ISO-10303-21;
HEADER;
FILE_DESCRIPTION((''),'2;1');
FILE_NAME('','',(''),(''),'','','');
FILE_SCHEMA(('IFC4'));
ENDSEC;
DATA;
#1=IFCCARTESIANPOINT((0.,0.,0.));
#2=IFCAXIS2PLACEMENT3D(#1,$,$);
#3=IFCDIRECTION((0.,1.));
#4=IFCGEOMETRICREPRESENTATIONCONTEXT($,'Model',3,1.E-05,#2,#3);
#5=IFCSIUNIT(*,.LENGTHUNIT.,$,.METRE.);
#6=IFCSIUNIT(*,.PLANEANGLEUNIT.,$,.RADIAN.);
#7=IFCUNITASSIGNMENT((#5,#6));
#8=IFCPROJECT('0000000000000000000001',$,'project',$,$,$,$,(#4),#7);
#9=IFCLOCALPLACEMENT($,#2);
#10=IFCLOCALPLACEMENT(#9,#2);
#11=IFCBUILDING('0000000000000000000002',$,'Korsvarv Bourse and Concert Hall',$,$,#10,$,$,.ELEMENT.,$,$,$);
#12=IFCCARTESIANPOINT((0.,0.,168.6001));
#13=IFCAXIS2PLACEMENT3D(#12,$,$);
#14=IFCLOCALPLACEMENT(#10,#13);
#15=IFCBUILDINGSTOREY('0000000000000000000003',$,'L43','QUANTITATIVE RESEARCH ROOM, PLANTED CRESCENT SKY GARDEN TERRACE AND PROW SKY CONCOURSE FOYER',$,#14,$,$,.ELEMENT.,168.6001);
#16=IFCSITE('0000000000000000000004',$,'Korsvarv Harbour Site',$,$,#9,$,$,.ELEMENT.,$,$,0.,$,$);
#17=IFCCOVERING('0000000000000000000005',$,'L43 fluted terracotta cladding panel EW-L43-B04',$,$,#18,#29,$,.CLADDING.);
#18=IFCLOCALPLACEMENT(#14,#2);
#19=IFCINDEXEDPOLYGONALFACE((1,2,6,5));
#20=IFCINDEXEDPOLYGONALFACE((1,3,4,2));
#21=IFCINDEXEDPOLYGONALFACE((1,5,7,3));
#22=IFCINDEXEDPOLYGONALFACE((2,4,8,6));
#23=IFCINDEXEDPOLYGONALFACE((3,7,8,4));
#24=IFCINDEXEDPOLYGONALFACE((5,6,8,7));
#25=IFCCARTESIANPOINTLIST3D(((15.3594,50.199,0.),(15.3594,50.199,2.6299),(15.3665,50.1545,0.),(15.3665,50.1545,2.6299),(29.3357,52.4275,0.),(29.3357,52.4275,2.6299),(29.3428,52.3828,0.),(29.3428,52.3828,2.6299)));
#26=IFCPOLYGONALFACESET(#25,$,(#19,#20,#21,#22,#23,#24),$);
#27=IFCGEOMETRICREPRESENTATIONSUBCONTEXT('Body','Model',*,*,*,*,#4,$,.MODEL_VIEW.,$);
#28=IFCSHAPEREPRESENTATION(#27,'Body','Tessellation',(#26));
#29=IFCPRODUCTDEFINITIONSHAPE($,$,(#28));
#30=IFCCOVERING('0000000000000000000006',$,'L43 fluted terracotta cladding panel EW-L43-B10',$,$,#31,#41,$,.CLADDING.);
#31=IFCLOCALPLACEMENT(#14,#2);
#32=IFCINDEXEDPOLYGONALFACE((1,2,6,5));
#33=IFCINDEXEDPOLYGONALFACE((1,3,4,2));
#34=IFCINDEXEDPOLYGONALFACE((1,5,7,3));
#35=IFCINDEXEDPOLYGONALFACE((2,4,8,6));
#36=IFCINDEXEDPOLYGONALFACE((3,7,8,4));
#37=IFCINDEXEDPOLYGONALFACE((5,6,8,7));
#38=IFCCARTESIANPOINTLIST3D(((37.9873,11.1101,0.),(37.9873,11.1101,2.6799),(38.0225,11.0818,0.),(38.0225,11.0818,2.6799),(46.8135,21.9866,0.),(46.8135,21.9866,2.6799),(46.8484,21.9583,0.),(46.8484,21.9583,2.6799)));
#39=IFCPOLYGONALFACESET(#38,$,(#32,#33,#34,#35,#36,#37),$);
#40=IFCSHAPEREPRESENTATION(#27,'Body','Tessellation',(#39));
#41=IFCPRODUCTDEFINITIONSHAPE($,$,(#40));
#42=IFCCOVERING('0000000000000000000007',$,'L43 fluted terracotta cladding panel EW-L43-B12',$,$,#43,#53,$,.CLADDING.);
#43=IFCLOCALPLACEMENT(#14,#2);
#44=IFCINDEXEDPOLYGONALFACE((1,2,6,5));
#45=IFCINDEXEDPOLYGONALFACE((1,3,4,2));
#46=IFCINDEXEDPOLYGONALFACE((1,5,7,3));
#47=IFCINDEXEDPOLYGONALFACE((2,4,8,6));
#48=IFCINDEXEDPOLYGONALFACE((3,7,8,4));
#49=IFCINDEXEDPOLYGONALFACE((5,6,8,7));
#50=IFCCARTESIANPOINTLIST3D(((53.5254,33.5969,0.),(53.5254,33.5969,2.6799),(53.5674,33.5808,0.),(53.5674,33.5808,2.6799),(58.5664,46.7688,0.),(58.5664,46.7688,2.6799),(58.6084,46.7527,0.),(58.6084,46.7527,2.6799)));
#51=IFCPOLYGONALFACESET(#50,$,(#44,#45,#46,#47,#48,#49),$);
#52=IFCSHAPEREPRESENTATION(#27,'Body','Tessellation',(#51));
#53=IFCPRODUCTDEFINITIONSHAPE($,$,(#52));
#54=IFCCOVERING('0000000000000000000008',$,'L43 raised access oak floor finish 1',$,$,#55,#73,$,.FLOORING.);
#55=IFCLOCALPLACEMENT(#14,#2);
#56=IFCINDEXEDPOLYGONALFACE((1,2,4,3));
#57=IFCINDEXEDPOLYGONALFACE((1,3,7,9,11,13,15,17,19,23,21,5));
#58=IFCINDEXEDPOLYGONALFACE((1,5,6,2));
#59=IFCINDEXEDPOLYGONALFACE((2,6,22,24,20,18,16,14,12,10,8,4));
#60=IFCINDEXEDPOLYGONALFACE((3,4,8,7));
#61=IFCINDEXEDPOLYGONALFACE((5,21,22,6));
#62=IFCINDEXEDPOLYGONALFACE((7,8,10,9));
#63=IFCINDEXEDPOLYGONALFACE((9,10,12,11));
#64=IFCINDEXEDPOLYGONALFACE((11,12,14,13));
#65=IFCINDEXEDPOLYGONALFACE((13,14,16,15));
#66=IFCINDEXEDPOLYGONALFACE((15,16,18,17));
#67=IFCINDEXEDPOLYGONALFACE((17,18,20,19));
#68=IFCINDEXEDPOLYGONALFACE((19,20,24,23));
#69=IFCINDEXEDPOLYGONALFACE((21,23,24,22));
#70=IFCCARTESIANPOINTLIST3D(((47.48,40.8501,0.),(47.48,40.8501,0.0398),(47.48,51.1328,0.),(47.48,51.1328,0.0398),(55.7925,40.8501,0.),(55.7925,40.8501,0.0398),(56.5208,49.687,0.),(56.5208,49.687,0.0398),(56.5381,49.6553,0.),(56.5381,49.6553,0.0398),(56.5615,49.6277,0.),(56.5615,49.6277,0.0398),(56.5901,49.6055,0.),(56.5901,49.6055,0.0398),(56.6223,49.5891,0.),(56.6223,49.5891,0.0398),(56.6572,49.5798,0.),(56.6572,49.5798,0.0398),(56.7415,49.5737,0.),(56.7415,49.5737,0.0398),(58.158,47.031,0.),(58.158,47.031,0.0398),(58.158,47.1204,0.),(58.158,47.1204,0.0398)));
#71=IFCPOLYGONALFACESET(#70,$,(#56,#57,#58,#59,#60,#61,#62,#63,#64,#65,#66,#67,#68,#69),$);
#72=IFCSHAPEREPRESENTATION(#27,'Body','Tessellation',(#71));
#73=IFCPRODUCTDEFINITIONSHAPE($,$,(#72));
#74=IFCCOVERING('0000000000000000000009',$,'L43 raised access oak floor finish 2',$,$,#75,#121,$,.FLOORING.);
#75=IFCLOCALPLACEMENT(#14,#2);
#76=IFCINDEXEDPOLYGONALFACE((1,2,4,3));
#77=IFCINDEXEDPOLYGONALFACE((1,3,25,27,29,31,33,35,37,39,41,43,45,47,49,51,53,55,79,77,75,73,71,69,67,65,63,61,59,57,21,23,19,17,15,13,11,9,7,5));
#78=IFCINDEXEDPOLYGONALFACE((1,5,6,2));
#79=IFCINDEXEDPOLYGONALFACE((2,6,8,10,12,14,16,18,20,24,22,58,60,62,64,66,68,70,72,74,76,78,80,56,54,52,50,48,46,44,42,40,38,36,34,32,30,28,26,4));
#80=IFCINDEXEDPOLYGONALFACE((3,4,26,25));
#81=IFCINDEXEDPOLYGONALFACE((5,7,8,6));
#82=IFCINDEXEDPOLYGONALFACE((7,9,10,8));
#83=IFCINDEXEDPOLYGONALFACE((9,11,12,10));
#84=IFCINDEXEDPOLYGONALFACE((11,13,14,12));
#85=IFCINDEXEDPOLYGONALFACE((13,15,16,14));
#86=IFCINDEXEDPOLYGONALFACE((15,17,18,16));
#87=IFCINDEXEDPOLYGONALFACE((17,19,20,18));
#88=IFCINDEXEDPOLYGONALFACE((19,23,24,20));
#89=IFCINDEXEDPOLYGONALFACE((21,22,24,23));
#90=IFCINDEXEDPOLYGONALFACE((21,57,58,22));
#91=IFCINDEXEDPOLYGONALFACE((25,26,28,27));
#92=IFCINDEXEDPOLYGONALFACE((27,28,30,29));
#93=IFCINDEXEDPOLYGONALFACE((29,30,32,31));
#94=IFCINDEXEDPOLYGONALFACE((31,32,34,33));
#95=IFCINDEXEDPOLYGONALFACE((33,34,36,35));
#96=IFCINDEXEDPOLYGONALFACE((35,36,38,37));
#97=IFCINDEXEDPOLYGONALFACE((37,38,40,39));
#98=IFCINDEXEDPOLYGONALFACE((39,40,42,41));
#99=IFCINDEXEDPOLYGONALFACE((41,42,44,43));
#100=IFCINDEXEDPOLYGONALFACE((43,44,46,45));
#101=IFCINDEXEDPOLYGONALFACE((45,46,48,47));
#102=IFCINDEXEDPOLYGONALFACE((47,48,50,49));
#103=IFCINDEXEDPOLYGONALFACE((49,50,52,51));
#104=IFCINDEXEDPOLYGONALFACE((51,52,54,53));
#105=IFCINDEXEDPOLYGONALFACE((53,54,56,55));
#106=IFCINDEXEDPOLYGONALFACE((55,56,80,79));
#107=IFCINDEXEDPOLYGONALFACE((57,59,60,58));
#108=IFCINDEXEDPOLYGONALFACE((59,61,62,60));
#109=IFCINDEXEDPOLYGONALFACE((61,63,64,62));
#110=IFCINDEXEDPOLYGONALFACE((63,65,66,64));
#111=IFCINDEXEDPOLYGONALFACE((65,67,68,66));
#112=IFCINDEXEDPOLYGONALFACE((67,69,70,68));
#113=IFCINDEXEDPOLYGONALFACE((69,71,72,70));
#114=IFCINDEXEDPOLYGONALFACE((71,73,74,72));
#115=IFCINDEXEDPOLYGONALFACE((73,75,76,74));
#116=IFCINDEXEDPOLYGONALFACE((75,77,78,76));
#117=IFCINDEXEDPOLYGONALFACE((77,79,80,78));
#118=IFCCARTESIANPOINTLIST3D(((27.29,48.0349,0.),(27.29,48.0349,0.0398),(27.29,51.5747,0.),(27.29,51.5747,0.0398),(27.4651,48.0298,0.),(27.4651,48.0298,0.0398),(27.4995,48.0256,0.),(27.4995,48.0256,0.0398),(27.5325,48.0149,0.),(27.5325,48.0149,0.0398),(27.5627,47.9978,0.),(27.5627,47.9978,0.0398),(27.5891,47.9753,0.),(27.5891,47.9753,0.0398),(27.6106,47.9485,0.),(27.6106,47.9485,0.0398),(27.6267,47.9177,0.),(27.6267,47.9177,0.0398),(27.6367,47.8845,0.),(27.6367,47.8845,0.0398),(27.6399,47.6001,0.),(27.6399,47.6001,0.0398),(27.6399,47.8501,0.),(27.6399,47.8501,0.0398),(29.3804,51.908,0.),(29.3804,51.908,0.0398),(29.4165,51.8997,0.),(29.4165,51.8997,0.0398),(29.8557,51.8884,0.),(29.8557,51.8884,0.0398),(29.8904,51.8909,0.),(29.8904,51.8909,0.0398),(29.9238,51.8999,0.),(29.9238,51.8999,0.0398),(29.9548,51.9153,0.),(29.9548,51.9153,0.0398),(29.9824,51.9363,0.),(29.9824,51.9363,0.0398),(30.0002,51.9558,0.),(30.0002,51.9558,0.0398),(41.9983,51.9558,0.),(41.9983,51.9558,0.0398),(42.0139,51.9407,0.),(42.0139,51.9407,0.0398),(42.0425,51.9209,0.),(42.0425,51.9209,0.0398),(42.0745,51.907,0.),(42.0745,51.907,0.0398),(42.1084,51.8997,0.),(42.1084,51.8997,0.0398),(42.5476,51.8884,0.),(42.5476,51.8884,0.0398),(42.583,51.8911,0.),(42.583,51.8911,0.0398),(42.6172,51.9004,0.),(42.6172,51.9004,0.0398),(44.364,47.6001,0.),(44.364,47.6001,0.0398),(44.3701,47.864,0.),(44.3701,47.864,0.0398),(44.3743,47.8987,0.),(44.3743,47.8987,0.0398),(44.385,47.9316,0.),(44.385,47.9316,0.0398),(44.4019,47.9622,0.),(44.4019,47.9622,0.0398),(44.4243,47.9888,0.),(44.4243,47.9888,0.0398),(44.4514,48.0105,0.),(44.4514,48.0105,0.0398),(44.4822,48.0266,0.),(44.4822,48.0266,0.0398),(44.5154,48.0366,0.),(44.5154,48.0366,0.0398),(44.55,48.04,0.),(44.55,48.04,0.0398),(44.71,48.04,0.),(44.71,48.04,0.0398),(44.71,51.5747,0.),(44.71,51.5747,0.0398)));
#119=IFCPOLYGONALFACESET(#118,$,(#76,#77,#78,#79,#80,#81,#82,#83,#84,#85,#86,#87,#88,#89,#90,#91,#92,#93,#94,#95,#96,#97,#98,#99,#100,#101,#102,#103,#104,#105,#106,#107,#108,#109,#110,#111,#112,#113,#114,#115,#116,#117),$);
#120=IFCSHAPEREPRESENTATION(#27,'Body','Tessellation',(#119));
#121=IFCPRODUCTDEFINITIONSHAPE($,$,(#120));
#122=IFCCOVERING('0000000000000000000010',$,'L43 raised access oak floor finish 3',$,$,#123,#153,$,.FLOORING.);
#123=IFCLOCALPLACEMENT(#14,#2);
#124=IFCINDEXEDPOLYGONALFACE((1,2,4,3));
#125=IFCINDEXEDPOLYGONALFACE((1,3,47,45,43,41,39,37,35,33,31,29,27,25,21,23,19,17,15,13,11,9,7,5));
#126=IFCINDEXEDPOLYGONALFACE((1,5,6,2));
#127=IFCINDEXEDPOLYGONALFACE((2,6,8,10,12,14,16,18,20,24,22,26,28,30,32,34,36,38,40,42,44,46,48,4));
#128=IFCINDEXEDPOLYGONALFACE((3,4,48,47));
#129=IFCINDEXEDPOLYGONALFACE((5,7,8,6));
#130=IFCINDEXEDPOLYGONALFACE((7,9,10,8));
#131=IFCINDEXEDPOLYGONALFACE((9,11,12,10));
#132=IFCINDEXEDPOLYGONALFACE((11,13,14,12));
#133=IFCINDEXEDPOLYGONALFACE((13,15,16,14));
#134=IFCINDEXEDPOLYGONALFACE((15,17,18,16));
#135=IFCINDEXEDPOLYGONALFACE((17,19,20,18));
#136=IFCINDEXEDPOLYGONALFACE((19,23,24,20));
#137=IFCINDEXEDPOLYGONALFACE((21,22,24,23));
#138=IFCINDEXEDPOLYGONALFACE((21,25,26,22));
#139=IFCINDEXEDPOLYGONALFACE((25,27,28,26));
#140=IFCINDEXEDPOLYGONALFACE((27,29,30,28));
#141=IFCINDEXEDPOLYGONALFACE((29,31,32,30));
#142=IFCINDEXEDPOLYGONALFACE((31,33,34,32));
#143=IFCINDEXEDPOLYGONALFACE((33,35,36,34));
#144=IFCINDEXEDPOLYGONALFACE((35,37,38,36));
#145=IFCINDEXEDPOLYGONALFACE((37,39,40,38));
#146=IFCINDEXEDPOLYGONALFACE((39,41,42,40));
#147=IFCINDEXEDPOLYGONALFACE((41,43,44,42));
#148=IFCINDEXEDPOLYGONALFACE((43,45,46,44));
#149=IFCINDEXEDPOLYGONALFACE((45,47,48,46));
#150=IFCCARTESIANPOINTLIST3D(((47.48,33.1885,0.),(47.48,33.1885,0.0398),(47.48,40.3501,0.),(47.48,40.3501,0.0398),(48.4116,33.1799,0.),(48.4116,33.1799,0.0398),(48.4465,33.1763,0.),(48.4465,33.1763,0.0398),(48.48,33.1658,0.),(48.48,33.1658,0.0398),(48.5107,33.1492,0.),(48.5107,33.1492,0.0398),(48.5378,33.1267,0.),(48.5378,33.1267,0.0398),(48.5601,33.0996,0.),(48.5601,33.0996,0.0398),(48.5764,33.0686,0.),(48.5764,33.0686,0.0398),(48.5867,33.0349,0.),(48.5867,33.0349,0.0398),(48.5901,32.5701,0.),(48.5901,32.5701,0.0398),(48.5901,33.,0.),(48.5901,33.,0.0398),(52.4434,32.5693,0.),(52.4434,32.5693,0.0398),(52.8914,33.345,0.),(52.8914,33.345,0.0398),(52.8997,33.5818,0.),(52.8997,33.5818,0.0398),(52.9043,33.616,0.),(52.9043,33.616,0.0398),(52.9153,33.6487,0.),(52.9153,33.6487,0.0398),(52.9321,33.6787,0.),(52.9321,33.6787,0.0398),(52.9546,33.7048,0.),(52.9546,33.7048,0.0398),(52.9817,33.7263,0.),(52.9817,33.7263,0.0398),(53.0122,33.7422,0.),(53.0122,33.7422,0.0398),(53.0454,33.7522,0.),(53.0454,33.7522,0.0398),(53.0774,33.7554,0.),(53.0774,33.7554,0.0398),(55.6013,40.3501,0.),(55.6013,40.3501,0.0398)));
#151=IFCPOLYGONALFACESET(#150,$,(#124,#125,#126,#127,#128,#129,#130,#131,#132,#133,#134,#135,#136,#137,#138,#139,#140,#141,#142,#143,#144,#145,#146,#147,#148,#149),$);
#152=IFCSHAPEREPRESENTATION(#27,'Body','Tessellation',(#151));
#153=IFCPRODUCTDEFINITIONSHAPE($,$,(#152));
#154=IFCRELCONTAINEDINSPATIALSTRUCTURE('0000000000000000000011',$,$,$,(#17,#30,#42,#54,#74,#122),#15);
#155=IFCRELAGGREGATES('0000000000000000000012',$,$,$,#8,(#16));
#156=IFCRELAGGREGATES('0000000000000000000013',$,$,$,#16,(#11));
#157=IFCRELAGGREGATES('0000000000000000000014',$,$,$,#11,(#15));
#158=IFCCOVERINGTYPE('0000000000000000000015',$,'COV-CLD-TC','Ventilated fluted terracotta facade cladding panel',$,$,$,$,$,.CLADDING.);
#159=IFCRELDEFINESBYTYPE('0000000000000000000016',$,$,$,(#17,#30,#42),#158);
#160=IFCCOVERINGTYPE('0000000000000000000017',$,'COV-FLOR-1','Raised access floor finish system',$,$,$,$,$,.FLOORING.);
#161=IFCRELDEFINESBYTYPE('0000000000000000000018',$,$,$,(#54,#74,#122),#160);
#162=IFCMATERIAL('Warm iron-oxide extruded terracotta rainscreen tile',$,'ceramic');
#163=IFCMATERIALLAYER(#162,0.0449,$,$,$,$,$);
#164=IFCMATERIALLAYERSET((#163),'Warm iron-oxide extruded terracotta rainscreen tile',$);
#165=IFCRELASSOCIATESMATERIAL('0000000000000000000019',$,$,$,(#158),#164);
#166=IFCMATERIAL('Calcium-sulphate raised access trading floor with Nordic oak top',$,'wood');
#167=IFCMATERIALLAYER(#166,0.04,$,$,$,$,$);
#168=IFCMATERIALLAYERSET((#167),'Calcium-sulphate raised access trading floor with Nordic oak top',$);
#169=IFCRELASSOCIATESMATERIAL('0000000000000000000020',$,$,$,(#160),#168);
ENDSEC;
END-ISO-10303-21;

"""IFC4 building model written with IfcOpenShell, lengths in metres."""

from ifc_helpers import new_model, si_unit, direction, frame, origin, place, context, subcontext, project, spatial, polyline, outline, extrude, material, layer, layer_set, type_object, element, save


model = new_model("IFC4")

# Units and contexts
model_context = context("Model", 3, precision=1e-05, world=origin(), true_north=direction((0.0, 1.0)))
body_context = subcontext(model_context, "Body", "Model", "MODEL_VIEW")
ifc_project = project(units=[si_unit("LENGTHUNIT", "METRE"), si_unit("PLANEANGLEUNIT", "RADIAN")], contexts=[model_context])

# Site, building, storey
site_placement = place(None, origin())
site = spatial("IfcSite", under=ifc_project, at=site_placement, Name="Korsvarv Harbour Site", CompositionType="ELEMENT", RefElevation=0.0)
building_placement = place(site_placement, origin())
building = spatial("IfcBuilding", under=site, at=building_placement, Name="Korsvarv Bourse and Concert Hall", CompositionType="ELEMENT")
storey_placement = place(building_placement, frame((0.0, 0.0, 168.6001)))
storey = spatial("IfcBuildingStorey", under=building, at=storey_placement, Name="L43", Description="QUANTITATIVE RESEARCH ROOM, PLANTED CRESCENT SKY GARDEN TERRACE AND PROW SKY CONCOURSE FOYER", CompositionType="ELEMENT", Elevation=168.6001)

# Coverings
ifc_material_1 = material(Name="Warm iron-oxide extruded terracotta rainscreen tile", Category="ceramic")
ifc_layer_1 = layer(ifc_material_1, 0.0449)
ifc_layer_set_1 = layer_set([ifc_layer_1], Name="Warm iron-oxide extruded terracotta rainscreen tile")
covering_type_1 = type_object("IfcCoveringType", Name="COV-CLD-TC", Description="Ventilated fluted terracotta facade cladding panel", PredefinedType="CLADDING", material=ifc_layer_set_1)
covering_1_placement = place(storey_placement, origin())
element("IfcCovering", 1, at=covering_1_placement, inside=storey, type_object=covering_type_1, Name="L43 fluted terracotta cladding panel EW-L43-B04", PredefinedType="CLADDING", context=body_context, shape_type="SweptSolid", body=[
    extrude(outline(polyline([(29.3428, 52.3828), (15.3665, 50.1545), (15.3594, 50.199), (29.3357, 52.4275), (29.3428, 52.3828)])), origin(), (0.0, 0.0, 1.0), 2.6299),
])
covering_2_placement = place(storey_placement, origin())
element("IfcCovering", 2, at=covering_2_placement, inside=storey, type_object=covering_type_1, Name="L43 fluted terracotta cladding panel EW-L43-B10", PredefinedType="CLADDING", context=body_context, shape_type="SweptSolid", body=[
    extrude(outline(polyline([(37.9873, 11.1101), (46.8135, 21.9866), (46.8484, 21.9583), (38.0225, 11.0818), (37.9873, 11.1101)])), origin(), (0.0, 0.0, 1.0), 2.6799),
])
covering_3_placement = place(storey_placement, origin())
element("IfcCovering", 3, at=covering_3_placement, inside=storey, type_object=covering_type_1, Name="L43 fluted terracotta cladding panel EW-L43-B12", PredefinedType="CLADDING", context=body_context, shape_type="SweptSolid", body=[
    extrude(outline(polyline([(53.5254, 33.5969), (58.5664, 46.7688), (58.6084, 46.7527), (53.5674, 33.5808), (53.5254, 33.5969)])), origin(), (0.0, 0.0, 1.0), 2.6799),
])
ifc_material_2 = material(Name="Calcium-sulphate raised access trading floor with Nordic oak top", Category="wood")
ifc_layer_2 = layer(ifc_material_2, 0.04)
ifc_layer_set_2 = layer_set([ifc_layer_2], Name="Calcium-sulphate raised access trading floor with Nordic oak top")
covering_type_2 = type_object("IfcCoveringType", Name="COV-FLOR-1", Description="Raised access floor finish system", PredefinedType="FLOORING", material=ifc_layer_set_2)
covering_4_placement = place(storey_placement, origin())
element("IfcCovering", 4, at=covering_4_placement, inside=storey, type_object=covering_type_2, Name="L43 raised access oak floor finish 1", PredefinedType="FLOORING", context=body_context, shape_type="SweptSolid", body=[
    extrude(outline(polyline([(56.5208, 49.687), (56.5381, 49.6553), (56.5615, 49.6277), (56.5901, 49.6055), (56.6223, 49.5891), (56.6572, 49.5798), (56.7415, 49.5737), (58.158, 47.1204), (58.158, 47.031), (55.7925, 40.8501), (47.48, 40.8501), (47.48, 51.1328), (56.5208, 49.687)])), origin(), (0.0, 0.0, 1.0), 0.0398),
])
covering_5_placement = place(storey_placement, origin())
element("IfcCovering", 5, at=covering_5_placement, inside=storey, type_object=covering_type_2, Name="L43 raised access oak floor finish 2", PredefinedType="FLOORING", context=body_context, shape_type="SweptSolid", body=[
    extrude(outline(polyline([(29.3804, 51.908), (29.4165, 51.8997), (29.8557, 51.8884), (29.8904, 51.8909), (29.9238, 51.8999), (29.9548, 51.9153), (29.9824, 51.9363), (30.0002, 51.9558), (41.9983, 51.9558), (42.0139, 51.9407), (42.0425, 51.9209), (42.0745, 51.907), (42.1084, 51.8997), (42.5476, 51.8884), (42.583, 51.8911), (42.6172, 51.9004), (44.71, 51.5747), (44.71, 48.04), (44.55, 48.04), (44.5154, 48.0366), (44.4822, 48.0266), (44.4514, 48.0105), (44.4243, 47.9888), (44.4019, 47.9622), (44.385, 47.9316), (44.3743, 47.8987), (44.3701, 47.864), (44.364, 47.6001), (27.6399, 47.6001), (27.6399, 47.8501), (27.6367, 47.8845), (27.6267, 47.9177), (27.6106, 47.9485), (27.5891, 47.9753), (27.5627, 47.9978), (27.5325, 48.0149), (27.4995, 48.0256), (27.4651, 48.0298), (27.29, 48.0349), (27.29, 51.5747), (29.3804, 51.908)])), origin(), (0.0, 0.0, 1.0), 0.0398),
])
covering_6_placement = place(storey_placement, origin())
element("IfcCovering", 6, at=covering_6_placement, inside=storey, type_object=covering_type_2, Name="L43 raised access oak floor finish 3", PredefinedType="FLOORING", context=body_context, shape_type="SweptSolid", body=[
    extrude(outline(polyline([(48.5901, 32.5701), (48.5901, 33.0), (48.5867, 33.0349), (48.5764, 33.0686), (48.5601, 33.0996), (48.5378, 33.1267), (48.5107, 33.1492), (48.48, 33.1658), (48.4465, 33.1763), (48.4116, 33.1799), (47.48, 33.1885), (47.48, 40.3501), (55.6013, 40.3501), (53.0774, 33.7554), (53.0454, 33.7522), (53.0122, 33.7422), (52.9817, 33.7263), (52.9546, 33.7048), (52.9321, 33.6787), (52.9153, 33.6487), (52.9043, 33.616), (52.8997, 33.5818), (52.8914, 33.345), (52.4434, 32.5693), (48.5901, 32.5701)])), origin(), (0.0, 0.0, 1.0), 0.0398),
])

save(model, "model.ifc")
